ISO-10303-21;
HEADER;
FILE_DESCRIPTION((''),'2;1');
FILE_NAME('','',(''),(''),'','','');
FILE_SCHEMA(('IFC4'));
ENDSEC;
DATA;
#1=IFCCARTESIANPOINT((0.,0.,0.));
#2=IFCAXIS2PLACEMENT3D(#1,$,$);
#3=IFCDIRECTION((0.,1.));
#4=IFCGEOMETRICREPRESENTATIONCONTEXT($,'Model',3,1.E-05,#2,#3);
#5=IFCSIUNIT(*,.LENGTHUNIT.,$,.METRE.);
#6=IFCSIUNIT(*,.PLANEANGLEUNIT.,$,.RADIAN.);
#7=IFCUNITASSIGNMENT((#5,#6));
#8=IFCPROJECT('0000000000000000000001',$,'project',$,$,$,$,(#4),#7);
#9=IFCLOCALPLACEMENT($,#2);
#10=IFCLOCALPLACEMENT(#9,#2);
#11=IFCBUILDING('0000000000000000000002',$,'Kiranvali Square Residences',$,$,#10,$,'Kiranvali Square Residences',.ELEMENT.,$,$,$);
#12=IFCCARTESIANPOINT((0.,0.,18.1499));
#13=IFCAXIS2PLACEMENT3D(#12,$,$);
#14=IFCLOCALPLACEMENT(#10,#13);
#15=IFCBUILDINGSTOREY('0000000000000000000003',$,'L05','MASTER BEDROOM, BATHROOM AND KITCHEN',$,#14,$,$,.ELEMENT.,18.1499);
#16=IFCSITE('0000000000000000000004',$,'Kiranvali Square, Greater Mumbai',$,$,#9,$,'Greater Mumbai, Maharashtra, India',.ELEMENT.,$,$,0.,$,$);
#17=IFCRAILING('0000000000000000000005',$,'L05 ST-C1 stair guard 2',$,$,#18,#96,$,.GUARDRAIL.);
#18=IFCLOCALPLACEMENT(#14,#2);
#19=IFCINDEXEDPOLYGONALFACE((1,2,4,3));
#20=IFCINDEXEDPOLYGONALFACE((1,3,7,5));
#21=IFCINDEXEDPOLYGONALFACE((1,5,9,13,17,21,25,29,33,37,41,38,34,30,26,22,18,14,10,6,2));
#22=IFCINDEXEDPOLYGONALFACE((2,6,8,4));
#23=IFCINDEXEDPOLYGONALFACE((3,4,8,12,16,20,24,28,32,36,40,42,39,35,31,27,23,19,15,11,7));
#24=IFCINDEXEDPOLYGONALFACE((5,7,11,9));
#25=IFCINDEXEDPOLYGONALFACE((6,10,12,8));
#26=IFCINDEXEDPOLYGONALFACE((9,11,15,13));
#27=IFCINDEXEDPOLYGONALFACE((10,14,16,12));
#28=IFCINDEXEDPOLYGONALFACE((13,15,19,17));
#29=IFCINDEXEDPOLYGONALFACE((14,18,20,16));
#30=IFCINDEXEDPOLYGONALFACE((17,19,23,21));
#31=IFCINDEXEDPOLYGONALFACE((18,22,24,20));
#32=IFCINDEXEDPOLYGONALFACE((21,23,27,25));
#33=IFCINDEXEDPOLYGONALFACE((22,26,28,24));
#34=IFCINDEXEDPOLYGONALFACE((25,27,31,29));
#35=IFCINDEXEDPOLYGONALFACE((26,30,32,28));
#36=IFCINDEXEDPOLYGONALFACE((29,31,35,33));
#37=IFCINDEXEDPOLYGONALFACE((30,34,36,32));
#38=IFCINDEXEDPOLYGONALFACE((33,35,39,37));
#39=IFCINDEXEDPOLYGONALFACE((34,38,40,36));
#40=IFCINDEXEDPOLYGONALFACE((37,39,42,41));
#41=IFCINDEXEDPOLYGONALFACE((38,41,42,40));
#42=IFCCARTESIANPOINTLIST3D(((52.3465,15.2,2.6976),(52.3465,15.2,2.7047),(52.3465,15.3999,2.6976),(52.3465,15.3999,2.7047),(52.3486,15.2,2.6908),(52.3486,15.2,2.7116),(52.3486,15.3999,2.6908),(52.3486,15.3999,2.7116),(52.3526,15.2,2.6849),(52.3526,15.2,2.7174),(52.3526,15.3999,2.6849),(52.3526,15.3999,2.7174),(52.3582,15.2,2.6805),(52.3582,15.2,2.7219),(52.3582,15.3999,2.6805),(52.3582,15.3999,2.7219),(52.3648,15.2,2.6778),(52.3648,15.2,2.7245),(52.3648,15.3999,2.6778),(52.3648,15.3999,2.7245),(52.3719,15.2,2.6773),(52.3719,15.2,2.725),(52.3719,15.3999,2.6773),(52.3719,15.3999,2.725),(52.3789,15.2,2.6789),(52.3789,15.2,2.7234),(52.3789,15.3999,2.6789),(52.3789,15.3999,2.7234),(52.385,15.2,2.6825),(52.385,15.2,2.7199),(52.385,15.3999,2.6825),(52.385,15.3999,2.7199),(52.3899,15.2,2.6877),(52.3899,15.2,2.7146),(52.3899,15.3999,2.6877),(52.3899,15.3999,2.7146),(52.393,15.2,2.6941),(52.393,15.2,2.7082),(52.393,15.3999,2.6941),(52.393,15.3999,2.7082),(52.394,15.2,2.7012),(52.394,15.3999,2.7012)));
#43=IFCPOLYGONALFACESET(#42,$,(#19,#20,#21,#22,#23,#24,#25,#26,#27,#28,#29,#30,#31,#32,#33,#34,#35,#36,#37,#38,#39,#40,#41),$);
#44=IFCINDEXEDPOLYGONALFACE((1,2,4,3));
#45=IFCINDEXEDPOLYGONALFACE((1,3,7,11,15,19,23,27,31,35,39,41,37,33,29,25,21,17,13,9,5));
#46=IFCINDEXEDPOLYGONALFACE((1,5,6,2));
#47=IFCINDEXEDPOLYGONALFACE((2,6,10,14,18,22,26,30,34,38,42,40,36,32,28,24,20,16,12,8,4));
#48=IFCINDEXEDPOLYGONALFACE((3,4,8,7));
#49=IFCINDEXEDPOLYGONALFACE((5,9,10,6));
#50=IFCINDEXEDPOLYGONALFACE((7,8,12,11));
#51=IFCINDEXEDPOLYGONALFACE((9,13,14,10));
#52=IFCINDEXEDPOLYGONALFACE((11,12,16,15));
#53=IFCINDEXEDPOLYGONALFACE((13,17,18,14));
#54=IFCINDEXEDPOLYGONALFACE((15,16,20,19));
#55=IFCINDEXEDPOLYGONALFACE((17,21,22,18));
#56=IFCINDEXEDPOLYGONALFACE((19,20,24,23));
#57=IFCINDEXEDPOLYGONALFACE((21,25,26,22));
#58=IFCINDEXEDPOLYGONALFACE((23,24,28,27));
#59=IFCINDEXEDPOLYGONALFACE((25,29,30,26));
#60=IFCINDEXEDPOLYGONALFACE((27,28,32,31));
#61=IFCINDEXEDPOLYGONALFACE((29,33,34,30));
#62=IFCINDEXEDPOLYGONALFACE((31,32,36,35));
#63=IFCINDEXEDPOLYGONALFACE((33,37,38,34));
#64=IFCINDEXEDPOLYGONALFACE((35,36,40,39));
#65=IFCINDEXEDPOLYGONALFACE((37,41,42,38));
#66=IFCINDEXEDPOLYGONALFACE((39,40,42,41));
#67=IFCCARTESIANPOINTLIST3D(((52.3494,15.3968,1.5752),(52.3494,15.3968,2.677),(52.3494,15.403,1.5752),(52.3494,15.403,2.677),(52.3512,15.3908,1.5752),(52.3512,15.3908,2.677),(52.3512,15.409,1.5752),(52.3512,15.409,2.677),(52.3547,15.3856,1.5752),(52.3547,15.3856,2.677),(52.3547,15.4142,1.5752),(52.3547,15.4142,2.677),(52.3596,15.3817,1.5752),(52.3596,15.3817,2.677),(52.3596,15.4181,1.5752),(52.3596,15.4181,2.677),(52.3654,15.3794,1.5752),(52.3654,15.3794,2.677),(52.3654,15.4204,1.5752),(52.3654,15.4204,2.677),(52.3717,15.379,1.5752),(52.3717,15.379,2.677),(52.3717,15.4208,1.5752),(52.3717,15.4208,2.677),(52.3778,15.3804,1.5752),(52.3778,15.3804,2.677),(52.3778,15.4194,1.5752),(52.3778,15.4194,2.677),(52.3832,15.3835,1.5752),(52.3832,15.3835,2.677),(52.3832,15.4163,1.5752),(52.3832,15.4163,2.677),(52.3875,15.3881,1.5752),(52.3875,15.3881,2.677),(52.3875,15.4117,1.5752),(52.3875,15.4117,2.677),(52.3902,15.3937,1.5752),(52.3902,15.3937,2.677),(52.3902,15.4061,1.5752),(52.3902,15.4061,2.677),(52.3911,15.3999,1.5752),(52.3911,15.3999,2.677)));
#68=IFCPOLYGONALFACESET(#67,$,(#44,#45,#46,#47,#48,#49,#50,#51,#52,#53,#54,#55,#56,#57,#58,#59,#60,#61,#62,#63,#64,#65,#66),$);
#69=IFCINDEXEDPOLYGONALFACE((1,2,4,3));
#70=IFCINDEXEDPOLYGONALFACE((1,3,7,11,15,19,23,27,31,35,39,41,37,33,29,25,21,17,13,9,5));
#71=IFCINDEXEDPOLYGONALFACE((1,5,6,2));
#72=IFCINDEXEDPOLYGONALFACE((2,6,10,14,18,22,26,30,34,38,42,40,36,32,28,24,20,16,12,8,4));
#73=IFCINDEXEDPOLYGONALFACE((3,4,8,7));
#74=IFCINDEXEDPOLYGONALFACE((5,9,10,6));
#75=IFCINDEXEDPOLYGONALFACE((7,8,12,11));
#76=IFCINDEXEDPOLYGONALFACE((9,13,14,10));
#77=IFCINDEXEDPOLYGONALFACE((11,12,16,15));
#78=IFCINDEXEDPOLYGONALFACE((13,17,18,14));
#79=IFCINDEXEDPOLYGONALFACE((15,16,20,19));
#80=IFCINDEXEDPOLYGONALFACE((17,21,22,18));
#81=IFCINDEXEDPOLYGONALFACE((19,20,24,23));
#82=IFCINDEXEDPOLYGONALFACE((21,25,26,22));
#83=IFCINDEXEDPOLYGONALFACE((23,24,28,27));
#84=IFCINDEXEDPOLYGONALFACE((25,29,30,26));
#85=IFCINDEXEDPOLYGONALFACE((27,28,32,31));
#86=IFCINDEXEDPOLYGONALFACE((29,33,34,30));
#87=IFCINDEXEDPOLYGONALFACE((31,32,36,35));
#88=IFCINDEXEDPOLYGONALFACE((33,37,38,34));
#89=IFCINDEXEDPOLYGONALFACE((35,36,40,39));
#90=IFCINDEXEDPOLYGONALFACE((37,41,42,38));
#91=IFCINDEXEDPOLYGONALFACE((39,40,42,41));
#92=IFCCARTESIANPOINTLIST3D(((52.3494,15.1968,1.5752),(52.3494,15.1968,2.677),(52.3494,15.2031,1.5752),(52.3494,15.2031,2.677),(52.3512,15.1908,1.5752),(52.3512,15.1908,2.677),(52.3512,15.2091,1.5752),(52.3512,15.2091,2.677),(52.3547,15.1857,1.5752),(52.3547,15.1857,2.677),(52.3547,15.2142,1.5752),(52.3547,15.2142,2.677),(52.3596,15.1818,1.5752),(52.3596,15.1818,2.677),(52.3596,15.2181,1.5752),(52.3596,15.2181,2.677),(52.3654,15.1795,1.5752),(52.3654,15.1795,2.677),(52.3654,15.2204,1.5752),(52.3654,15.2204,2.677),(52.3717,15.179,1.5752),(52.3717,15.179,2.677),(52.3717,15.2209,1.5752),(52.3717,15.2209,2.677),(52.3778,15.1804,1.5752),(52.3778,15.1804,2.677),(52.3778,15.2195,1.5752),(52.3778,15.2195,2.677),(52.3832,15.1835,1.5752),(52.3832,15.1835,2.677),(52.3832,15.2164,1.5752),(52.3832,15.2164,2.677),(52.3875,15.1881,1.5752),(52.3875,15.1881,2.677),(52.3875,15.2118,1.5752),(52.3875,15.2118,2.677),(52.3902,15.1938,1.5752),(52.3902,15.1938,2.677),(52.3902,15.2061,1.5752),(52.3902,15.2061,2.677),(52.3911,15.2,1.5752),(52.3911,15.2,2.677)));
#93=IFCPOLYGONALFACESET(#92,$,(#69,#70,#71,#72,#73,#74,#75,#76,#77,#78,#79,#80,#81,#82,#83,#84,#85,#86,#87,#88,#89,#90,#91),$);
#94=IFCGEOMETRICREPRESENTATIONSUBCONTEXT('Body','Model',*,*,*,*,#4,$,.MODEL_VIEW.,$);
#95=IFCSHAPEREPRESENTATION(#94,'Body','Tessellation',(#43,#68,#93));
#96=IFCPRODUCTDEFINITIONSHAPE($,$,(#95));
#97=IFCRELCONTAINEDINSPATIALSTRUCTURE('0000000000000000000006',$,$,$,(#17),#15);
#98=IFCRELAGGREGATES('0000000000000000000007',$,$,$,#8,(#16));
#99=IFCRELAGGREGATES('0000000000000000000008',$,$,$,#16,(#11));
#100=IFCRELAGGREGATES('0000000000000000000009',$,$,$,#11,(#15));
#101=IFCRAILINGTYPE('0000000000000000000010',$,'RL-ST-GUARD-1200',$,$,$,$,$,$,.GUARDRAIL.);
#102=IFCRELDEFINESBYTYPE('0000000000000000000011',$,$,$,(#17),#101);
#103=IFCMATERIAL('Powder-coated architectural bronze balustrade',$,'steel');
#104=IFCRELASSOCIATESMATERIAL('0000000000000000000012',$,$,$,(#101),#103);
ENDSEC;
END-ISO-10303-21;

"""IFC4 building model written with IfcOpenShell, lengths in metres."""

from ifc_helpers import new_model, si_unit, direction, frame, origin, origin_2d, place, context, subcontext, project, spatial, circle, extrude, material, type_object, element, save


model = new_model("IFC4")

# Units and contexts
model_context = context("Model", 3, precision=1e-05, world=origin(), true_north=direction((0.0, 1.0)))
body_context = subcontext(model_context, "Body", "Model", "MODEL_VIEW")
ifc_project = project(units=[si_unit("LENGTHUNIT", "METRE"), si_unit("PLANEANGLEUNIT", "RADIAN")], contexts=[model_context])

# Site, building, storey
site_placement = place(None, origin())
site = spatial("IfcSite", under=ifc_project, at=site_placement, Name="Kiranvali Square, Greater Mumbai", LongName="Greater Mumbai, Maharashtra, India", CompositionType="ELEMENT", RefElevation=0.0)
building_placement = place(site_placement, origin())
building = spatial("IfcBuilding", under=site, at=building_placement, Name="Kiranvali Square Residences", LongName="Kiranvali Square Residences", CompositionType="ELEMENT")
storey_placement = place(building_placement, frame((0.0, 0.0, 18.1499)))
storey = spatial("IfcBuildingStorey", under=building, at=storey_placement, Name="L05", Description="MASTER BEDROOM, BATHROOM AND KITCHEN", CompositionType="ELEMENT", Elevation=18.1499)

# Railing
ifc_material_1 = material(Name="Powder-coated architectural bronze balustrade", Category="steel")
railing_type_1 = type_object("IfcRailingType", Name="RL-ST-GUARD-1200", PredefinedType="GUARDRAIL", material=ifc_material_1)
railing_1_placement = place(storey_placement, frame((52.3701, 15.3999, 1.5752)))
element("IfcRailing", 1, at=railing_1_placement, inside=storey, type_object=railing_type_1, Name="L05 ST-C1 stair guard 2", PredefinedType="GUARDRAIL", context=body_context, shape_type="SweptSolid", body=[
    extrude(circle(Radius=0.0239, at=origin_2d()), frame((0.0, 0.0, 1.126), z_axis=(0.0, -1.0, 0.0), x_axis=(1.0, 0.0, 0.0)), (0.0, 0.0, 1.0), 0.2),
    extrude(circle(Radius=0.021, at=origin_2d()), origin(), (0.0, 0.0, 1.0), 1.1018),
    extrude(circle(Radius=0.021, at=origin_2d()), frame((0.0, -0.2, 0.0)), (0.0, 0.0, 1.0), 1.1018),
])

save(model, "model.ifc")
